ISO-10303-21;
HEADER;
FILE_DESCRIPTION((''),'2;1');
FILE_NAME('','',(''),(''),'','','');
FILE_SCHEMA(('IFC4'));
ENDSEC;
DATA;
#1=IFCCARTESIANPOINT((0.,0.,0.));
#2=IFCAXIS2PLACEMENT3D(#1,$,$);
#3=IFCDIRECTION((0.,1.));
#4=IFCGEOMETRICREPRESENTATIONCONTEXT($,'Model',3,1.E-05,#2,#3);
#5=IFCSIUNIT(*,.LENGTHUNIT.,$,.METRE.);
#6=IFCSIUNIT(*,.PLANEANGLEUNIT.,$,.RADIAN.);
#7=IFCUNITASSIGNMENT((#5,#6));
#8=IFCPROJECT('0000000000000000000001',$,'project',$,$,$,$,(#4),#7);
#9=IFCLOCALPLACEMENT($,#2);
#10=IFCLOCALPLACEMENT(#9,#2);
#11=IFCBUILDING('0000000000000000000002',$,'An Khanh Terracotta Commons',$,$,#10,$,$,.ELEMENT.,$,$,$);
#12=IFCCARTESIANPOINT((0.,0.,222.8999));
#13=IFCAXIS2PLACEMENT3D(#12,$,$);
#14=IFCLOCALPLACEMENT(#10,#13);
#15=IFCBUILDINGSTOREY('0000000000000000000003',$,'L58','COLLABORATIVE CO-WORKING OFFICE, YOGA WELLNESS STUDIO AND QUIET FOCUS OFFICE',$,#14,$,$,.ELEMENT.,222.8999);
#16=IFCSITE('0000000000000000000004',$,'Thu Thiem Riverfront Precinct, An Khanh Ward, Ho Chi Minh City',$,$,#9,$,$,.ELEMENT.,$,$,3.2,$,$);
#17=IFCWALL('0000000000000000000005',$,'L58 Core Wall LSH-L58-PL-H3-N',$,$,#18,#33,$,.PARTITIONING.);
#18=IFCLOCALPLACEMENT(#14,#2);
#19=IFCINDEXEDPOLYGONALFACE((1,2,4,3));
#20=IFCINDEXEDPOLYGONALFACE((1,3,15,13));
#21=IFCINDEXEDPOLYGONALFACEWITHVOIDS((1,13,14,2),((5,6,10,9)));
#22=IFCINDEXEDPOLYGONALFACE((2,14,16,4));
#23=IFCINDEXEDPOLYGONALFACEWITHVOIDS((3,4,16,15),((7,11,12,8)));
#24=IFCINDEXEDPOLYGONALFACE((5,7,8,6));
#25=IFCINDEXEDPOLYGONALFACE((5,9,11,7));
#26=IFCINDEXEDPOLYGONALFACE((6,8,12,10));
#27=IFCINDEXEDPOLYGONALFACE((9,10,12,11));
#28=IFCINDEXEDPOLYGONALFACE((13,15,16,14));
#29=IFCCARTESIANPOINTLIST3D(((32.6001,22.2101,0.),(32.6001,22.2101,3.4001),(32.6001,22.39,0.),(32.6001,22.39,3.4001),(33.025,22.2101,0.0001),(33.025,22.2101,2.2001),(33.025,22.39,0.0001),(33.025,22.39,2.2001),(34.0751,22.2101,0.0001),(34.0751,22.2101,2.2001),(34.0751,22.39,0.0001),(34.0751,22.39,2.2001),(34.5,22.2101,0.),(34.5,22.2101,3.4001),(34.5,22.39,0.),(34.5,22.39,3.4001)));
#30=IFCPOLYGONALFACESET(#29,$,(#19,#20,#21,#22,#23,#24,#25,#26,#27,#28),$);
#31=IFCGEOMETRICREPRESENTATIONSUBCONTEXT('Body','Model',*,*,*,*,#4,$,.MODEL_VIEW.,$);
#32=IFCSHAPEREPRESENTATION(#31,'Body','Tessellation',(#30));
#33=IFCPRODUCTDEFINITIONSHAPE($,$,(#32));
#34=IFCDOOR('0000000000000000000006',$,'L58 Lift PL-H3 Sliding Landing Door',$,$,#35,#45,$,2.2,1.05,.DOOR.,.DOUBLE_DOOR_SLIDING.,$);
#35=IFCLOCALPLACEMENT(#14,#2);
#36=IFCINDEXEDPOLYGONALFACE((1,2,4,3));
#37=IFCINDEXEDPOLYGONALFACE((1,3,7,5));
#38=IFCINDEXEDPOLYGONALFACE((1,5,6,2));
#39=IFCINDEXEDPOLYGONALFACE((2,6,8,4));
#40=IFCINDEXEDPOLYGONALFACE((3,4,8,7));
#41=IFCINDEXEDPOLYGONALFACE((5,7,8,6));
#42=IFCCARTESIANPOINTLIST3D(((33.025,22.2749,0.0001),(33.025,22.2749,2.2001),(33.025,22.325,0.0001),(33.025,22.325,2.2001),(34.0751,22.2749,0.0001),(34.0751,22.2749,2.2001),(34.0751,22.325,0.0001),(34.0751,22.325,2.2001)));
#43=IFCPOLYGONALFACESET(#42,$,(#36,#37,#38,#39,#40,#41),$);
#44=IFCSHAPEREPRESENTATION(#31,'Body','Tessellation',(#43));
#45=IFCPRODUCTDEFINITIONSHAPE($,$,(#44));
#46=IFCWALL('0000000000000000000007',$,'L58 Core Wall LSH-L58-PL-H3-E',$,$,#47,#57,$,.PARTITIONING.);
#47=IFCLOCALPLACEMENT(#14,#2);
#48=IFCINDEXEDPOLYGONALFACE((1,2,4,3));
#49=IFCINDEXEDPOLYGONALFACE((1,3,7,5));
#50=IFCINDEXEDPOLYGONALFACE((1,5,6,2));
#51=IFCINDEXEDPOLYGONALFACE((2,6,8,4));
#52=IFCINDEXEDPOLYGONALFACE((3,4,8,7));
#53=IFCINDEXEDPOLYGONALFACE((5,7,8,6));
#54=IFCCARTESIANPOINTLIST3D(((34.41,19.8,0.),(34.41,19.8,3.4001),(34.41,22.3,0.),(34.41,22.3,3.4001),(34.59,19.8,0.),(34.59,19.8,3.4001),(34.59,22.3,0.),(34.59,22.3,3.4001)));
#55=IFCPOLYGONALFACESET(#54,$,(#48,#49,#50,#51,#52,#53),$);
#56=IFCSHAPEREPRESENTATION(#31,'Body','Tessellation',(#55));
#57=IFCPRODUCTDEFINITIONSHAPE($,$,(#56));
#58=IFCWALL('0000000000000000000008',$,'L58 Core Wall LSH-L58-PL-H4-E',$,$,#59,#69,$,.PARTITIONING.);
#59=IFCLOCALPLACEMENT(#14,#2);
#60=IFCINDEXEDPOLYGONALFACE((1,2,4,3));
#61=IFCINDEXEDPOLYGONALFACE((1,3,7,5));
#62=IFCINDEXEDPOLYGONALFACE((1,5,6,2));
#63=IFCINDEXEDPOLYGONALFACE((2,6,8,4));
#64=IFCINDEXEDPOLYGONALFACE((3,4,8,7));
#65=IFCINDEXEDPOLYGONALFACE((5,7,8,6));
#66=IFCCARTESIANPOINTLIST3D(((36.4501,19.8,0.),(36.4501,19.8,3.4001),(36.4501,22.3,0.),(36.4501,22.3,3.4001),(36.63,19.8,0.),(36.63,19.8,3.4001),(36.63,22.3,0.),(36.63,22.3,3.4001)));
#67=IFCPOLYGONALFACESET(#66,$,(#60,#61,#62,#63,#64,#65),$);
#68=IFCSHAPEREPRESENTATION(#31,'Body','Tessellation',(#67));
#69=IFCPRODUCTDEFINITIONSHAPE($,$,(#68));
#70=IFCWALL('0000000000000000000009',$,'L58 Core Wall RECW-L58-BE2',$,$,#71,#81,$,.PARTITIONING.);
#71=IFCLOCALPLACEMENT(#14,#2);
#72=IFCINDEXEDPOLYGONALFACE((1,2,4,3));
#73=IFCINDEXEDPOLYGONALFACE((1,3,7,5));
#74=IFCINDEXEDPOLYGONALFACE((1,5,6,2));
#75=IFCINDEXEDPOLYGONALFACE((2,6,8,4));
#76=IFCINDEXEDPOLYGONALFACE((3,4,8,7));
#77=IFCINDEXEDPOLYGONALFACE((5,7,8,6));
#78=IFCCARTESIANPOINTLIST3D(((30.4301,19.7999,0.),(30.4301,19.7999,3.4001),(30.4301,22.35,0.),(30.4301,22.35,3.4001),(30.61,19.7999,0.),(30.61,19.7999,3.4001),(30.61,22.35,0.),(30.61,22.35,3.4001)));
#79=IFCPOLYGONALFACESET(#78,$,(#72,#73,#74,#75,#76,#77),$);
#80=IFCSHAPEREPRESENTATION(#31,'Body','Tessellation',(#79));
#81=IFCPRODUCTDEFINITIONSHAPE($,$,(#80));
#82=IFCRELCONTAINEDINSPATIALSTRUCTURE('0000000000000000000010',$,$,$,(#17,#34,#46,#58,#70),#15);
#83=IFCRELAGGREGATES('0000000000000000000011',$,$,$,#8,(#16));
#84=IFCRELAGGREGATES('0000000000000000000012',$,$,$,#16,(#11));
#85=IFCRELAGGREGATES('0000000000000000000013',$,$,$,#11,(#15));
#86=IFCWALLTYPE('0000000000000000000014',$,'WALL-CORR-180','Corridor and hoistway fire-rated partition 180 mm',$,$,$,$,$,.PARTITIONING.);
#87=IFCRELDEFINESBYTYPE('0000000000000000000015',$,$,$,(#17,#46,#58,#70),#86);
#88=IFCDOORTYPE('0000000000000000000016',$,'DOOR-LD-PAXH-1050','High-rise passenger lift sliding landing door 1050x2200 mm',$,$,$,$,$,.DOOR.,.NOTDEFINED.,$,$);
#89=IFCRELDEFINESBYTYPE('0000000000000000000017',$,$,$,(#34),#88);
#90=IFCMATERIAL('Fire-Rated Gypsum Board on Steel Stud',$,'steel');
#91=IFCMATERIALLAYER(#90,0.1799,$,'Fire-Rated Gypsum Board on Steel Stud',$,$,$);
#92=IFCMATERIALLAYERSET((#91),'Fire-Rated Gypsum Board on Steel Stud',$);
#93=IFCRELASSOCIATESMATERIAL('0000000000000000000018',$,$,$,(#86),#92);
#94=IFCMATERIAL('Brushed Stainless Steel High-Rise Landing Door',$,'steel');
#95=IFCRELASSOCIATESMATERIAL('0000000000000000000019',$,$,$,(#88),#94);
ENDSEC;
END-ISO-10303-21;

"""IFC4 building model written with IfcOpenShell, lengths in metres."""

from ifc_helpers import new_model, si_unit, direction, frame, frame_2d, origin, place, context, subcontext, project, spatial, rectangle, extrude, material, layer, layer_set, type_object, element, fill, save


model = new_model("IFC4")

# Units and contexts
model_context = context("Model", 3, precision=1e-05, world=origin(), true_north=direction((0.0, 1.0)))
body_context = subcontext(model_context, "Body", "Model", "MODEL_VIEW")
ifc_project = project(units=[si_unit("LENGTHUNIT", "METRE"), si_unit("PLANEANGLEUNIT", "RADIAN")], contexts=[model_context])

# Site, building, storey
site_placement = place(None, origin())
site = spatial("IfcSite", under=ifc_project, at=site_placement, Name="Thu Thiem Riverfront Precinct, An Khanh Ward, Ho Chi Minh City", CompositionType="ELEMENT", RefElevation=3.2)
building_placement = place(site_placement, origin())
building = spatial("IfcBuilding", under=site, at=building_placement, Name="An Khanh Terracotta Commons", CompositionType="ELEMENT")
storey_placement = place(building_placement, frame((0.0, 0.0, 222.8999)))
storey = spatial("IfcBuildingStorey", under=building, at=storey_placement, Name="L58", Description="COLLABORATIVE CO-WORKING OFFICE, YOGA WELLNESS STUDIO AND QUIET FOCUS OFFICE", CompositionType="ELEMENT", Elevation=222.8999)

# Shared definitions
ifc_material_1 = material(Name="Fire-Rated Gypsum Board on Steel Stud", Category="steel")
ifc_layer = layer(ifc_material_1, 0.1799, Name="Fire-Rated Gypsum Board on Steel Stud")
ifc_layer_set = layer_set([ifc_layer], Name="Fire-Rated Gypsum Board on Steel Stud")
wall_type = type_object("IfcWallType", Name="WALL-CORR-180", Description="Corridor and hoistway fire-rated partition 180 mm", PredefinedType="PARTITIONING", material=ifc_layer_set)

# Shared definitions
ifc_material_2 = material(Name="Brushed Stainless Steel High-Rise Landing Door", Category="steel")
door_type_1 = type_object("IfcDoorType", Name="DOOR-LD-PAXH-1050", Description="High-rise passenger lift sliding landing door 1050x2200 mm", OperationType="NOTDEFINED", PredefinedType="DOOR", material=ifc_material_2)

# Wall, opening, door
wall_1_placement = place(storey_placement, frame((32.6001, 22.3, 0.0), z_axis=(0.0, 0.0, 1.0), x_axis=(1.0, 0.0, 0.0)))
wall_1 = element("IfcWall", 1, at=wall_1_placement, inside=storey, type_object=wall_type, Name="L58 Core Wall LSH-L58-PL-H3-N", PredefinedType="PARTITIONING", context=body_context, shape_type="SweptSolid", body=[
    extrude(rectangle(XDim=1.8999, YDim=0.1799, at=frame_2d((0.95, 0.0))), origin(), (0.0, 0.0, 1.0), 3.4001),
])
opening_1_placement = place(wall_1_placement, frame((0.425, 0.0, 0.0)))
opening_1 = element("IfcOpeningElement", 2, at=opening_1_placement, cuts=wall_1, PredefinedType="OPENING", context=body_context, shape_type="SweptSolid", body=[
    extrude(rectangle(XDim=1.05, YDim=2.2, at=frame_2d((0.5249, 1.1001))), frame((0.0, 0.0999, 0.0), z_axis=(0.0, -1.0, 0.0), x_axis=(1.0, 0.0, 0.0)), (0.0, 0.0, 1.0), 0.2),
])
door_1_placement = place(opening_1_placement, origin())
door_1 = element("IfcDoor", 3, at=door_1_placement, inside=storey, type_object=door_type_1, Name="L58 Lift PL-H3 Sliding Landing Door", OperationType="DOUBLE_DOOR_SLIDING", OverallHeight=2.2, OverallWidth=1.05, PredefinedType="DOOR", context=body_context, shape_type="SweptSolid", body=[
    extrude(rectangle(XDim=1.05, YDim=2.2, at=frame_2d((0.5249, 1.1001))), frame((0.0, 0.0249, 0.0), z_axis=(0.0, -1.0, 0.0), x_axis=(1.0, 0.0, 0.0)), (0.0, 0.0, 1.0), 0.05),
])
fill(opening_1, door_1)

# Walls
for number, where, z_axis, x_axis, name in (
    (4, (34.5, 19.8, 0.0), (0.0, 0.0, 1.0), (0.0, 1.0, 0.0), "L58 Core Wall LSH-L58-PL-H3-E"),
    (5, (36.54, 19.8, 0.0), (0.0, 0.0, 1.0), (0.0, 1.0, 0.0), "L58 Core Wall LSH-L58-PL-H4-E"),
):
    element("IfcWall", number, at=place(storey_placement, frame(where, z_axis=z_axis, x_axis=x_axis)), inside=storey, type_object=wall_type, Name=name, PredefinedType="PARTITIONING", context=body_context, shape_type="SweptSolid", body=[
        extrude(rectangle(XDim=2.5, YDim=0.1799, at=frame_2d((1.25, 0.0))), origin(), (0.0, 0.0, 1.0), 3.4001),
    ])
wall_2_placement = place(storey_placement, frame((30.52, 19.8, 0.0), z_axis=(0.0, 0.0, 1.0), x_axis=(0.0, 1.0, 0.0)))
element("IfcWall", 6, at=wall_2_placement, inside=storey, type_object=wall_type, Name="L58 Core Wall RECW-L58-BE2", PredefinedType="PARTITIONING", context=body_context, shape_type="SweptSolid", body=[
    extrude(rectangle(XDim=2.55, YDim=0.1799, at=frame_2d((1.2749, 0.0))), origin(), (0.0, 0.0, 1.0), 3.4001),
])

save(model, "model.ifc")
